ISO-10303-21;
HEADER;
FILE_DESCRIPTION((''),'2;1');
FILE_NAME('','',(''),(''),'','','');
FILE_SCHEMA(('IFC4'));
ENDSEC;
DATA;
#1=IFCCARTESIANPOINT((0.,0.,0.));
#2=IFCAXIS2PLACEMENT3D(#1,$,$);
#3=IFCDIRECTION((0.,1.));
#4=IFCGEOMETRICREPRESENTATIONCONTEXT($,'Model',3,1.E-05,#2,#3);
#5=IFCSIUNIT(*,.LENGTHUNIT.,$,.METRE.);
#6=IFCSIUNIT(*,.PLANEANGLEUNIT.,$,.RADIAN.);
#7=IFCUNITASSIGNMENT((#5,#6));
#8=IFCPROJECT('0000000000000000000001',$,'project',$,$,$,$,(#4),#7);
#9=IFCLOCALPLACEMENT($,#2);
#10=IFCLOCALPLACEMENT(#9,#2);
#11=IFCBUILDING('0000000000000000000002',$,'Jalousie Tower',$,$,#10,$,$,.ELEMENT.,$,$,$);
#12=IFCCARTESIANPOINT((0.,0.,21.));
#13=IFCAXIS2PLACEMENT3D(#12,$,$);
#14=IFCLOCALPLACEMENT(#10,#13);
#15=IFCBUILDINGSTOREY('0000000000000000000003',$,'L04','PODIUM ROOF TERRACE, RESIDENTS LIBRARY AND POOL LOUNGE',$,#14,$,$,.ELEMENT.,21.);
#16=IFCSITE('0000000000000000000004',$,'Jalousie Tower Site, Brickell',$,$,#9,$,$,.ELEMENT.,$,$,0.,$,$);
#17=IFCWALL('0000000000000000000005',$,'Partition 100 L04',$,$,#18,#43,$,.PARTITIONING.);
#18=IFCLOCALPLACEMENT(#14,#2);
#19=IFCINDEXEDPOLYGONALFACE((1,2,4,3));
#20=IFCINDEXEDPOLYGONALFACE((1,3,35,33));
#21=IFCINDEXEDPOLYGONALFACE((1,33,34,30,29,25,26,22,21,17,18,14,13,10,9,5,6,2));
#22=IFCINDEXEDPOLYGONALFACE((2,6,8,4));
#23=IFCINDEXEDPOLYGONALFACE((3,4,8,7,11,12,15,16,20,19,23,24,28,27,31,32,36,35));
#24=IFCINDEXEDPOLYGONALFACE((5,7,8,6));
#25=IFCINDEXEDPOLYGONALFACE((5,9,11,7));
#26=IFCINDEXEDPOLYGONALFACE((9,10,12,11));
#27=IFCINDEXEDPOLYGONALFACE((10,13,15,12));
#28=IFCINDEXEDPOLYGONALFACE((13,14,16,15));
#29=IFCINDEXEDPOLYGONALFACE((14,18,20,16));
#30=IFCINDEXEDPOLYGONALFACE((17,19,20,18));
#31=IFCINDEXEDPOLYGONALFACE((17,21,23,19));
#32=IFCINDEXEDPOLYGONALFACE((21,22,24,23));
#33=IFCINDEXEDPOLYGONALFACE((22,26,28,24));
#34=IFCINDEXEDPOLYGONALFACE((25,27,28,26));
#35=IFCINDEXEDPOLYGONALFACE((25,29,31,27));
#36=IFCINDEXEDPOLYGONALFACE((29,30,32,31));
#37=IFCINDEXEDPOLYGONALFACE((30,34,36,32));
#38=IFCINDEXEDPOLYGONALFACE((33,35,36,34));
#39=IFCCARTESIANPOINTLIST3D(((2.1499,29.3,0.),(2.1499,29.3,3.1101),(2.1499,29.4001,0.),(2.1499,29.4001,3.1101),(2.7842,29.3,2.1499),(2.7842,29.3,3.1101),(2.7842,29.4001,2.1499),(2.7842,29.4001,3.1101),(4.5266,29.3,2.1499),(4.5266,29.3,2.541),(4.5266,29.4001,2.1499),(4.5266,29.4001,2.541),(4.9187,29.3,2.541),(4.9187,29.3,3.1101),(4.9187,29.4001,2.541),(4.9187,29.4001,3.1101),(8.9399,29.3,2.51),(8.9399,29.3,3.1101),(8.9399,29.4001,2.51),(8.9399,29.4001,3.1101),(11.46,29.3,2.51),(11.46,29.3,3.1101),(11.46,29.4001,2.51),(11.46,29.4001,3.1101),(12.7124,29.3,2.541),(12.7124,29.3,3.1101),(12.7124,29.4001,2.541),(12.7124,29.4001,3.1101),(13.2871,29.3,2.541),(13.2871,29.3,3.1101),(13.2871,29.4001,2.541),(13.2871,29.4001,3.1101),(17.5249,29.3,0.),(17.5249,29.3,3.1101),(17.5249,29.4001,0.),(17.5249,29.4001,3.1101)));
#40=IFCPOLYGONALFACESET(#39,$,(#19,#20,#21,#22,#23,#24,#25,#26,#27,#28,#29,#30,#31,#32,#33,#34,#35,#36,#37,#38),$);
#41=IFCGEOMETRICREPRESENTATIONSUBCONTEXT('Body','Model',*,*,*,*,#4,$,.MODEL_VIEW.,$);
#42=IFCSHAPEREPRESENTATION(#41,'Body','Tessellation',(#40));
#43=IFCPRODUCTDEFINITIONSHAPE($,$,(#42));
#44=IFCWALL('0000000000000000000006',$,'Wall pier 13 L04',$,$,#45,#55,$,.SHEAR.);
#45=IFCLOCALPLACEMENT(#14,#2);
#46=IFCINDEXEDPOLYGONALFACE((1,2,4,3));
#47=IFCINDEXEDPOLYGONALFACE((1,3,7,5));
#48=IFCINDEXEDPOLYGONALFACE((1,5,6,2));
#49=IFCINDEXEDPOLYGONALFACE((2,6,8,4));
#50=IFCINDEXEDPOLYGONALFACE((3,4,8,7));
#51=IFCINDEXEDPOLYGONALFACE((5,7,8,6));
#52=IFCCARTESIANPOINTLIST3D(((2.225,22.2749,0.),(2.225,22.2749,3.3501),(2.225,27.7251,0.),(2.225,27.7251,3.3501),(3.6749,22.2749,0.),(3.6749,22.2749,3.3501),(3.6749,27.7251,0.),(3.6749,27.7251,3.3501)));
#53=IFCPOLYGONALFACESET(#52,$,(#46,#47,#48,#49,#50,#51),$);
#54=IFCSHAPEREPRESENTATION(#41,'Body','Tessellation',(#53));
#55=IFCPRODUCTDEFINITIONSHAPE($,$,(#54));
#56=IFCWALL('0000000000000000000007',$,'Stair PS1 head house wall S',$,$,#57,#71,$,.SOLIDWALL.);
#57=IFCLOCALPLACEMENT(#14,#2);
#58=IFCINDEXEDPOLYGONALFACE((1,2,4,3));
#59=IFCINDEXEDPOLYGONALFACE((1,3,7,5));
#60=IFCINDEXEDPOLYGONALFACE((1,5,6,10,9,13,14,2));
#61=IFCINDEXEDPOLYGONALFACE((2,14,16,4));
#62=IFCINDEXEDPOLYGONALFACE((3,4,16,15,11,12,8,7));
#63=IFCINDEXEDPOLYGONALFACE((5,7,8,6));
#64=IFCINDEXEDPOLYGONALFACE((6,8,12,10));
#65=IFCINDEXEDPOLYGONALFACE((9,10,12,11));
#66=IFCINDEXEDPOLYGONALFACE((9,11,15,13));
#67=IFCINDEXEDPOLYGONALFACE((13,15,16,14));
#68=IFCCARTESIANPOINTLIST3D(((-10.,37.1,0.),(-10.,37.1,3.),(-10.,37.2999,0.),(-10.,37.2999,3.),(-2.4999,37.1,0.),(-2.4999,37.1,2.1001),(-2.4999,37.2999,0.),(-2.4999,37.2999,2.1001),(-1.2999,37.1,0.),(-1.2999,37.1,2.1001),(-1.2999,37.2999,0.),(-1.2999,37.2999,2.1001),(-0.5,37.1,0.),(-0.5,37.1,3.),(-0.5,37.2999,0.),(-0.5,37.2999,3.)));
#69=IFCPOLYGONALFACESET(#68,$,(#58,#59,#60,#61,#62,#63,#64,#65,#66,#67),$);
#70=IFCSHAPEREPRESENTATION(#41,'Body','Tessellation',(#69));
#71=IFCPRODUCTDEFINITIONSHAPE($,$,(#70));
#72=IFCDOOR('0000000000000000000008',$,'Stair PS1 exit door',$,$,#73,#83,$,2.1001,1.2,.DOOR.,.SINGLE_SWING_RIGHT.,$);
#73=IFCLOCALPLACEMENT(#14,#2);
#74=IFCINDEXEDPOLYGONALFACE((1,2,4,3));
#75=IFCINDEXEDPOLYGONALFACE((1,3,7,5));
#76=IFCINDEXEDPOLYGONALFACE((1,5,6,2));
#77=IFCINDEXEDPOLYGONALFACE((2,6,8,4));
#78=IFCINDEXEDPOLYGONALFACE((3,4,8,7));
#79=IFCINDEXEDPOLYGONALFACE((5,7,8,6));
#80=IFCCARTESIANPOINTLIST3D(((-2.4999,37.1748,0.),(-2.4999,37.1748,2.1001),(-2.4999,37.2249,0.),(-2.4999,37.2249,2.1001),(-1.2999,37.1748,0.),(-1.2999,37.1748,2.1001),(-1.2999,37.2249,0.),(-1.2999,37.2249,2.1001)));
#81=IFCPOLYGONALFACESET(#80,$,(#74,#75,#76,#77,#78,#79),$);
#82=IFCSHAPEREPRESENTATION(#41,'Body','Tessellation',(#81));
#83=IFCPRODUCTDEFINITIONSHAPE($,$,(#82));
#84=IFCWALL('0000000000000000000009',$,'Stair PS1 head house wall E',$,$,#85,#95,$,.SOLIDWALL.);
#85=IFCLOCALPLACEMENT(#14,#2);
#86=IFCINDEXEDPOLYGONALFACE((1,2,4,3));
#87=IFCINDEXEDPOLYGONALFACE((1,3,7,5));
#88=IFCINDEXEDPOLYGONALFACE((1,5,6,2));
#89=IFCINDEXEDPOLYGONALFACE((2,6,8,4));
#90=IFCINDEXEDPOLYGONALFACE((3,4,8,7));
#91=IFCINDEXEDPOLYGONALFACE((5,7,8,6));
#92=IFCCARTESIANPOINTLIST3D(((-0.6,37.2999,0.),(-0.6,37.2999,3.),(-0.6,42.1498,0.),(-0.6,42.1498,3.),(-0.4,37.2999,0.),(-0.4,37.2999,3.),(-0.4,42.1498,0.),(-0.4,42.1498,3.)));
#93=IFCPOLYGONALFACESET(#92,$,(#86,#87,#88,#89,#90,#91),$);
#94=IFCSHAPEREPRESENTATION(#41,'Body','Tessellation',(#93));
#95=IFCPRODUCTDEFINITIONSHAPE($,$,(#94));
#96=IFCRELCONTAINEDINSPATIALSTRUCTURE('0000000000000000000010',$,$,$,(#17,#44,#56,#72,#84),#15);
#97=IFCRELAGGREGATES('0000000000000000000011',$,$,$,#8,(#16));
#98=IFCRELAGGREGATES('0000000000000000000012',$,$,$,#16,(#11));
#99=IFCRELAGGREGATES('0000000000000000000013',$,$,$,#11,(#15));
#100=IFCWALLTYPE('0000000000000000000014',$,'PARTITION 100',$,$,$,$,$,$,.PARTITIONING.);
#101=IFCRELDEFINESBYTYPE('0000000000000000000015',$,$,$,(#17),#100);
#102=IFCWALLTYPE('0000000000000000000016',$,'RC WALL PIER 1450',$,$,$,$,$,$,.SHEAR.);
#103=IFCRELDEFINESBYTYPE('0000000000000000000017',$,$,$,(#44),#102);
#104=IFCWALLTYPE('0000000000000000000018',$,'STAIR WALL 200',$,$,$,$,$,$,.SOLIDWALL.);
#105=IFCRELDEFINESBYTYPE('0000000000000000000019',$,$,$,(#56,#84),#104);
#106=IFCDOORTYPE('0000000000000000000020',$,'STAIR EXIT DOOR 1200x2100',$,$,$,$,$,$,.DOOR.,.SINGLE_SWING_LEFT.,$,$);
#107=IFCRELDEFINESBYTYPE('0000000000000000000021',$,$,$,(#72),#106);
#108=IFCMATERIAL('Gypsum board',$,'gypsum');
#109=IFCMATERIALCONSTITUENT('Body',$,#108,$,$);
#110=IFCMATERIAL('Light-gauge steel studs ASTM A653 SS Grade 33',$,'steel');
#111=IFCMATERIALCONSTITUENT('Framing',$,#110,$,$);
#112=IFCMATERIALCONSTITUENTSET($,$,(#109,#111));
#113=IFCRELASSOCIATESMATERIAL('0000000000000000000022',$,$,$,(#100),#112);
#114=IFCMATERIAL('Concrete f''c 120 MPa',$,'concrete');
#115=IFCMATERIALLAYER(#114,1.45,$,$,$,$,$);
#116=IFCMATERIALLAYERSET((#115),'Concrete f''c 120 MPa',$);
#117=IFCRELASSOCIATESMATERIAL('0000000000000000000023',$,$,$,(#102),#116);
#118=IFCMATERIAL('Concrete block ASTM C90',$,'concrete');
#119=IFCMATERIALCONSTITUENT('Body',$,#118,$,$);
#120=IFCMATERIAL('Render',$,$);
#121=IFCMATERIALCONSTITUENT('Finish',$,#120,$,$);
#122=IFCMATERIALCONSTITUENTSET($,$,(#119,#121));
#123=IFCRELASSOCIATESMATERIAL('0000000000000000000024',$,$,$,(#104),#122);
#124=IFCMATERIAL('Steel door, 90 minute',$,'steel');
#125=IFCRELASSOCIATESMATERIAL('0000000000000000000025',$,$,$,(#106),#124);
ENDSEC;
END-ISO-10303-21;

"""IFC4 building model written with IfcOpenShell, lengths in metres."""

from ifc_helpers import new_model, si_unit, direction, frame, frame_2d, origin, place, context, subcontext, project, spatial, polyline, rectangle, outline, extrude, material, layer, layer_set, constituent, constituent_set, type_object, element, fill, save


model = new_model("IFC4")

# Units and contexts
model_context = context("Model", 3, precision=1e-05, world=origin(), true_north=direction((0.0, 1.0)))
body_context = subcontext(model_context, "Body", "Model", "MODEL_VIEW")
ifc_project = project(units=[si_unit("LENGTHUNIT", "METRE"), si_unit("PLANEANGLEUNIT", "RADIAN")], contexts=[model_context])

# Site, building, storey
site_placement = place(None, origin())
site = spatial("IfcSite", under=ifc_project, at=site_placement, Name="Jalousie Tower Site, Brickell", CompositionType="ELEMENT", RefElevation=0.0)
building_placement = place(site_placement, origin())
building = spatial("IfcBuilding", under=site, at=building_placement, Name="Jalousie Tower", CompositionType="ELEMENT")
storey_placement = place(building_placement, frame((0.0, 0.0, 21.0)))
storey = spatial("IfcBuildingStorey", under=building, at=storey_placement, Name="L04", Description="PODIUM ROOF TERRACE, RESIDENTS LIBRARY AND POOL LOUNGE", CompositionType="ELEMENT", Elevation=21.0)

# Walls
ifc_material_1 = material(Name="Gypsum board", Category="gypsum")
ifc_constituent_1 = constituent(ifc_material_1, Name="Body")
ifc_material_2 = material(Name="Light-gauge steel studs ASTM A653 SS Grade 33", Category="steel")
ifc_constituent_2 = constituent(ifc_material_2, Name="Framing")
ifc_constituent_set_1 = constituent_set(constituents=[ifc_constituent_1, ifc_constituent_2])
wall_type_1 = type_object("IfcWallType", Name="PARTITION 100", PredefinedType="PARTITIONING", material=ifc_constituent_set_1)
wall_1_placement = place(storey_placement, frame((2.1499, 29.3501, 0.0), z_axis=(0.0, 0.0, 1.0), x_axis=(1.0, 0.0, 0.0)))
element("IfcWall", 1, at=wall_1_placement, inside=storey, type_object=wall_type_1, Name="Partition 100 L04", PredefinedType="PARTITIONING", context=body_context, shape_type="SweptSolid", body=[
    extrude(outline(polyline([(0.0, 0.0), (15.375, 0.0), (15.375, 3.1101), (11.1372, 3.1101), (11.1372, 2.541), (10.5625, 2.541), (10.5625, 3.1101), (9.3101, 3.1101), (9.3101, 2.51), (6.79, 2.51), (6.79, 3.1101), (2.7688, 3.1101), (2.7688, 2.541), (2.3767, 2.541), (2.3767, 2.1499), (0.6343, 2.1499), (0.6343, 3.1101), (0.0, 3.1101), (0.0, 0.0)])), frame((0.0, 0.05, 0.0), z_axis=(0.0, -1.0, 0.0), x_axis=(1.0, 0.0, 0.0)), (0.0, 0.0, 1.0), 0.1001),
])
ifc_material_3 = material(Name="Concrete f'c 120 MPa", Category="concrete")
ifc_layer_1 = layer(ifc_material_3, 1.45)
ifc_layer_set_1 = layer_set([ifc_layer_1], Name="Concrete f'c 120 MPa")
wall_type_2 = type_object("IfcWallType", Name="RC WALL PIER 1450", PredefinedType="SHEAR", material=ifc_layer_set_1)
wall_2_placement = place(storey_placement, frame((2.95, 22.2749, 0.0), z_axis=(0.0, 0.0, 1.0), x_axis=(0.0, 1.0, 0.0)))
element("IfcWall", 2, at=wall_2_placement, inside=storey, type_object=wall_type_2, Name="Wall pier 13 L04", PredefinedType="SHEAR", context=body_context, shape_type="SweptSolid", body=[
    extrude(rectangle(XDim=5.4502, YDim=1.45, at=frame_2d((2.7251, 0.0))), origin(), (0.0, 0.0, 1.0), 3.3501),
])

# Wall, opening, door
ifc_material_4 = material(Name="Concrete block ASTM C90", Category="concrete")
ifc_constituent_3 = constituent(ifc_material_4, Name="Body")
ifc_material_5 = material(Name="Render")
ifc_constituent_4 = constituent(ifc_material_5, Name="Finish")
ifc_constituent_set_2 = constituent_set(constituents=[ifc_constituent_3, ifc_constituent_4])
wall_type_3 = type_object("IfcWallType", Name="STAIR WALL 200", PredefinedType="SOLIDWALL", material=ifc_constituent_set_2)
wall_3_placement = place(storey_placement, frame((-10.0, 37.2, 0.0), z_axis=(0.0, 0.0, 1.0), x_axis=(1.0, 0.0, 0.0)))
wall_3 = element("IfcWall", 3, at=wall_3_placement, inside=storey, type_object=wall_type_3, Name="Stair PS1 head house wall S", PredefinedType="SOLIDWALL", context=body_context, shape_type="SweptSolid", body=[
    extrude(rectangle(XDim=9.5, YDim=0.2, at=frame_2d((4.75, 0.0))), origin(), (0.0, 0.0, 1.0), 3.0),
])
opening_1_placement = place(wall_3_placement, frame((7.5, 0.0, 0.0)))
opening_1 = element("IfcOpeningElement", 4, at=opening_1_placement, cuts=wall_3, PredefinedType="OPENING", context=body_context, shape_type="SweptSolid", body=[
    extrude(rectangle(XDim=1.2, YDim=2.1001, at=frame_2d((0.6001, 1.05))), frame((0.0, 0.1099, 0.0), z_axis=(0.0, -1.0, 0.0), x_axis=(1.0, 0.0, 0.0)), (0.0, 0.0, 1.0), 0.22),
])
ifc_material_6 = material(Name="Steel door, 90 minute", Category="steel")
door_type_1 = type_object("IfcDoorType", Name="STAIR EXIT DOOR 1200x2100", OperationType="SINGLE_SWING_LEFT", PredefinedType="DOOR", material=ifc_material_6)
door_1_placement = place(opening_1_placement, origin())
door_1 = element("IfcDoor", 5, at=door_1_placement, inside=storey, type_object=door_type_1, Name="Stair PS1 exit door", OperationType="SINGLE_SWING_RIGHT", OverallHeight=2.1001, OverallWidth=1.2, PredefinedType="DOOR", context=body_context, shape_type="SweptSolid", body=[
    extrude(rectangle(XDim=1.2, YDim=2.1001, at=frame_2d((0.6001, 1.05))), frame((0.0, 0.0249, 0.0), z_axis=(0.0, -1.0, 0.0), x_axis=(1.0, 0.0, 0.0)), (0.0, 0.0, 1.0), 0.05),
])
fill(opening_1, door_1)

# Wall
wall_4_placement = place(storey_placement, frame((-0.5, 37.3, 0.0), z_axis=(0.0, 0.0, 1.0), x_axis=(0.0, 1.0, 0.0)))
element("IfcWall", 6, at=wall_4_placement, inside=storey, type_object=wall_type_3, Name="Stair PS1 head house wall E", PredefinedType="SOLIDWALL", context=body_context, shape_type="SweptSolid", body=[
    extrude(rectangle(XDim=4.8499, YDim=0.2, at=frame_2d((2.4248, 0.0))), origin(), (0.0, 0.0, 1.0), 3.0),
])

save(model, "model.ifc")
